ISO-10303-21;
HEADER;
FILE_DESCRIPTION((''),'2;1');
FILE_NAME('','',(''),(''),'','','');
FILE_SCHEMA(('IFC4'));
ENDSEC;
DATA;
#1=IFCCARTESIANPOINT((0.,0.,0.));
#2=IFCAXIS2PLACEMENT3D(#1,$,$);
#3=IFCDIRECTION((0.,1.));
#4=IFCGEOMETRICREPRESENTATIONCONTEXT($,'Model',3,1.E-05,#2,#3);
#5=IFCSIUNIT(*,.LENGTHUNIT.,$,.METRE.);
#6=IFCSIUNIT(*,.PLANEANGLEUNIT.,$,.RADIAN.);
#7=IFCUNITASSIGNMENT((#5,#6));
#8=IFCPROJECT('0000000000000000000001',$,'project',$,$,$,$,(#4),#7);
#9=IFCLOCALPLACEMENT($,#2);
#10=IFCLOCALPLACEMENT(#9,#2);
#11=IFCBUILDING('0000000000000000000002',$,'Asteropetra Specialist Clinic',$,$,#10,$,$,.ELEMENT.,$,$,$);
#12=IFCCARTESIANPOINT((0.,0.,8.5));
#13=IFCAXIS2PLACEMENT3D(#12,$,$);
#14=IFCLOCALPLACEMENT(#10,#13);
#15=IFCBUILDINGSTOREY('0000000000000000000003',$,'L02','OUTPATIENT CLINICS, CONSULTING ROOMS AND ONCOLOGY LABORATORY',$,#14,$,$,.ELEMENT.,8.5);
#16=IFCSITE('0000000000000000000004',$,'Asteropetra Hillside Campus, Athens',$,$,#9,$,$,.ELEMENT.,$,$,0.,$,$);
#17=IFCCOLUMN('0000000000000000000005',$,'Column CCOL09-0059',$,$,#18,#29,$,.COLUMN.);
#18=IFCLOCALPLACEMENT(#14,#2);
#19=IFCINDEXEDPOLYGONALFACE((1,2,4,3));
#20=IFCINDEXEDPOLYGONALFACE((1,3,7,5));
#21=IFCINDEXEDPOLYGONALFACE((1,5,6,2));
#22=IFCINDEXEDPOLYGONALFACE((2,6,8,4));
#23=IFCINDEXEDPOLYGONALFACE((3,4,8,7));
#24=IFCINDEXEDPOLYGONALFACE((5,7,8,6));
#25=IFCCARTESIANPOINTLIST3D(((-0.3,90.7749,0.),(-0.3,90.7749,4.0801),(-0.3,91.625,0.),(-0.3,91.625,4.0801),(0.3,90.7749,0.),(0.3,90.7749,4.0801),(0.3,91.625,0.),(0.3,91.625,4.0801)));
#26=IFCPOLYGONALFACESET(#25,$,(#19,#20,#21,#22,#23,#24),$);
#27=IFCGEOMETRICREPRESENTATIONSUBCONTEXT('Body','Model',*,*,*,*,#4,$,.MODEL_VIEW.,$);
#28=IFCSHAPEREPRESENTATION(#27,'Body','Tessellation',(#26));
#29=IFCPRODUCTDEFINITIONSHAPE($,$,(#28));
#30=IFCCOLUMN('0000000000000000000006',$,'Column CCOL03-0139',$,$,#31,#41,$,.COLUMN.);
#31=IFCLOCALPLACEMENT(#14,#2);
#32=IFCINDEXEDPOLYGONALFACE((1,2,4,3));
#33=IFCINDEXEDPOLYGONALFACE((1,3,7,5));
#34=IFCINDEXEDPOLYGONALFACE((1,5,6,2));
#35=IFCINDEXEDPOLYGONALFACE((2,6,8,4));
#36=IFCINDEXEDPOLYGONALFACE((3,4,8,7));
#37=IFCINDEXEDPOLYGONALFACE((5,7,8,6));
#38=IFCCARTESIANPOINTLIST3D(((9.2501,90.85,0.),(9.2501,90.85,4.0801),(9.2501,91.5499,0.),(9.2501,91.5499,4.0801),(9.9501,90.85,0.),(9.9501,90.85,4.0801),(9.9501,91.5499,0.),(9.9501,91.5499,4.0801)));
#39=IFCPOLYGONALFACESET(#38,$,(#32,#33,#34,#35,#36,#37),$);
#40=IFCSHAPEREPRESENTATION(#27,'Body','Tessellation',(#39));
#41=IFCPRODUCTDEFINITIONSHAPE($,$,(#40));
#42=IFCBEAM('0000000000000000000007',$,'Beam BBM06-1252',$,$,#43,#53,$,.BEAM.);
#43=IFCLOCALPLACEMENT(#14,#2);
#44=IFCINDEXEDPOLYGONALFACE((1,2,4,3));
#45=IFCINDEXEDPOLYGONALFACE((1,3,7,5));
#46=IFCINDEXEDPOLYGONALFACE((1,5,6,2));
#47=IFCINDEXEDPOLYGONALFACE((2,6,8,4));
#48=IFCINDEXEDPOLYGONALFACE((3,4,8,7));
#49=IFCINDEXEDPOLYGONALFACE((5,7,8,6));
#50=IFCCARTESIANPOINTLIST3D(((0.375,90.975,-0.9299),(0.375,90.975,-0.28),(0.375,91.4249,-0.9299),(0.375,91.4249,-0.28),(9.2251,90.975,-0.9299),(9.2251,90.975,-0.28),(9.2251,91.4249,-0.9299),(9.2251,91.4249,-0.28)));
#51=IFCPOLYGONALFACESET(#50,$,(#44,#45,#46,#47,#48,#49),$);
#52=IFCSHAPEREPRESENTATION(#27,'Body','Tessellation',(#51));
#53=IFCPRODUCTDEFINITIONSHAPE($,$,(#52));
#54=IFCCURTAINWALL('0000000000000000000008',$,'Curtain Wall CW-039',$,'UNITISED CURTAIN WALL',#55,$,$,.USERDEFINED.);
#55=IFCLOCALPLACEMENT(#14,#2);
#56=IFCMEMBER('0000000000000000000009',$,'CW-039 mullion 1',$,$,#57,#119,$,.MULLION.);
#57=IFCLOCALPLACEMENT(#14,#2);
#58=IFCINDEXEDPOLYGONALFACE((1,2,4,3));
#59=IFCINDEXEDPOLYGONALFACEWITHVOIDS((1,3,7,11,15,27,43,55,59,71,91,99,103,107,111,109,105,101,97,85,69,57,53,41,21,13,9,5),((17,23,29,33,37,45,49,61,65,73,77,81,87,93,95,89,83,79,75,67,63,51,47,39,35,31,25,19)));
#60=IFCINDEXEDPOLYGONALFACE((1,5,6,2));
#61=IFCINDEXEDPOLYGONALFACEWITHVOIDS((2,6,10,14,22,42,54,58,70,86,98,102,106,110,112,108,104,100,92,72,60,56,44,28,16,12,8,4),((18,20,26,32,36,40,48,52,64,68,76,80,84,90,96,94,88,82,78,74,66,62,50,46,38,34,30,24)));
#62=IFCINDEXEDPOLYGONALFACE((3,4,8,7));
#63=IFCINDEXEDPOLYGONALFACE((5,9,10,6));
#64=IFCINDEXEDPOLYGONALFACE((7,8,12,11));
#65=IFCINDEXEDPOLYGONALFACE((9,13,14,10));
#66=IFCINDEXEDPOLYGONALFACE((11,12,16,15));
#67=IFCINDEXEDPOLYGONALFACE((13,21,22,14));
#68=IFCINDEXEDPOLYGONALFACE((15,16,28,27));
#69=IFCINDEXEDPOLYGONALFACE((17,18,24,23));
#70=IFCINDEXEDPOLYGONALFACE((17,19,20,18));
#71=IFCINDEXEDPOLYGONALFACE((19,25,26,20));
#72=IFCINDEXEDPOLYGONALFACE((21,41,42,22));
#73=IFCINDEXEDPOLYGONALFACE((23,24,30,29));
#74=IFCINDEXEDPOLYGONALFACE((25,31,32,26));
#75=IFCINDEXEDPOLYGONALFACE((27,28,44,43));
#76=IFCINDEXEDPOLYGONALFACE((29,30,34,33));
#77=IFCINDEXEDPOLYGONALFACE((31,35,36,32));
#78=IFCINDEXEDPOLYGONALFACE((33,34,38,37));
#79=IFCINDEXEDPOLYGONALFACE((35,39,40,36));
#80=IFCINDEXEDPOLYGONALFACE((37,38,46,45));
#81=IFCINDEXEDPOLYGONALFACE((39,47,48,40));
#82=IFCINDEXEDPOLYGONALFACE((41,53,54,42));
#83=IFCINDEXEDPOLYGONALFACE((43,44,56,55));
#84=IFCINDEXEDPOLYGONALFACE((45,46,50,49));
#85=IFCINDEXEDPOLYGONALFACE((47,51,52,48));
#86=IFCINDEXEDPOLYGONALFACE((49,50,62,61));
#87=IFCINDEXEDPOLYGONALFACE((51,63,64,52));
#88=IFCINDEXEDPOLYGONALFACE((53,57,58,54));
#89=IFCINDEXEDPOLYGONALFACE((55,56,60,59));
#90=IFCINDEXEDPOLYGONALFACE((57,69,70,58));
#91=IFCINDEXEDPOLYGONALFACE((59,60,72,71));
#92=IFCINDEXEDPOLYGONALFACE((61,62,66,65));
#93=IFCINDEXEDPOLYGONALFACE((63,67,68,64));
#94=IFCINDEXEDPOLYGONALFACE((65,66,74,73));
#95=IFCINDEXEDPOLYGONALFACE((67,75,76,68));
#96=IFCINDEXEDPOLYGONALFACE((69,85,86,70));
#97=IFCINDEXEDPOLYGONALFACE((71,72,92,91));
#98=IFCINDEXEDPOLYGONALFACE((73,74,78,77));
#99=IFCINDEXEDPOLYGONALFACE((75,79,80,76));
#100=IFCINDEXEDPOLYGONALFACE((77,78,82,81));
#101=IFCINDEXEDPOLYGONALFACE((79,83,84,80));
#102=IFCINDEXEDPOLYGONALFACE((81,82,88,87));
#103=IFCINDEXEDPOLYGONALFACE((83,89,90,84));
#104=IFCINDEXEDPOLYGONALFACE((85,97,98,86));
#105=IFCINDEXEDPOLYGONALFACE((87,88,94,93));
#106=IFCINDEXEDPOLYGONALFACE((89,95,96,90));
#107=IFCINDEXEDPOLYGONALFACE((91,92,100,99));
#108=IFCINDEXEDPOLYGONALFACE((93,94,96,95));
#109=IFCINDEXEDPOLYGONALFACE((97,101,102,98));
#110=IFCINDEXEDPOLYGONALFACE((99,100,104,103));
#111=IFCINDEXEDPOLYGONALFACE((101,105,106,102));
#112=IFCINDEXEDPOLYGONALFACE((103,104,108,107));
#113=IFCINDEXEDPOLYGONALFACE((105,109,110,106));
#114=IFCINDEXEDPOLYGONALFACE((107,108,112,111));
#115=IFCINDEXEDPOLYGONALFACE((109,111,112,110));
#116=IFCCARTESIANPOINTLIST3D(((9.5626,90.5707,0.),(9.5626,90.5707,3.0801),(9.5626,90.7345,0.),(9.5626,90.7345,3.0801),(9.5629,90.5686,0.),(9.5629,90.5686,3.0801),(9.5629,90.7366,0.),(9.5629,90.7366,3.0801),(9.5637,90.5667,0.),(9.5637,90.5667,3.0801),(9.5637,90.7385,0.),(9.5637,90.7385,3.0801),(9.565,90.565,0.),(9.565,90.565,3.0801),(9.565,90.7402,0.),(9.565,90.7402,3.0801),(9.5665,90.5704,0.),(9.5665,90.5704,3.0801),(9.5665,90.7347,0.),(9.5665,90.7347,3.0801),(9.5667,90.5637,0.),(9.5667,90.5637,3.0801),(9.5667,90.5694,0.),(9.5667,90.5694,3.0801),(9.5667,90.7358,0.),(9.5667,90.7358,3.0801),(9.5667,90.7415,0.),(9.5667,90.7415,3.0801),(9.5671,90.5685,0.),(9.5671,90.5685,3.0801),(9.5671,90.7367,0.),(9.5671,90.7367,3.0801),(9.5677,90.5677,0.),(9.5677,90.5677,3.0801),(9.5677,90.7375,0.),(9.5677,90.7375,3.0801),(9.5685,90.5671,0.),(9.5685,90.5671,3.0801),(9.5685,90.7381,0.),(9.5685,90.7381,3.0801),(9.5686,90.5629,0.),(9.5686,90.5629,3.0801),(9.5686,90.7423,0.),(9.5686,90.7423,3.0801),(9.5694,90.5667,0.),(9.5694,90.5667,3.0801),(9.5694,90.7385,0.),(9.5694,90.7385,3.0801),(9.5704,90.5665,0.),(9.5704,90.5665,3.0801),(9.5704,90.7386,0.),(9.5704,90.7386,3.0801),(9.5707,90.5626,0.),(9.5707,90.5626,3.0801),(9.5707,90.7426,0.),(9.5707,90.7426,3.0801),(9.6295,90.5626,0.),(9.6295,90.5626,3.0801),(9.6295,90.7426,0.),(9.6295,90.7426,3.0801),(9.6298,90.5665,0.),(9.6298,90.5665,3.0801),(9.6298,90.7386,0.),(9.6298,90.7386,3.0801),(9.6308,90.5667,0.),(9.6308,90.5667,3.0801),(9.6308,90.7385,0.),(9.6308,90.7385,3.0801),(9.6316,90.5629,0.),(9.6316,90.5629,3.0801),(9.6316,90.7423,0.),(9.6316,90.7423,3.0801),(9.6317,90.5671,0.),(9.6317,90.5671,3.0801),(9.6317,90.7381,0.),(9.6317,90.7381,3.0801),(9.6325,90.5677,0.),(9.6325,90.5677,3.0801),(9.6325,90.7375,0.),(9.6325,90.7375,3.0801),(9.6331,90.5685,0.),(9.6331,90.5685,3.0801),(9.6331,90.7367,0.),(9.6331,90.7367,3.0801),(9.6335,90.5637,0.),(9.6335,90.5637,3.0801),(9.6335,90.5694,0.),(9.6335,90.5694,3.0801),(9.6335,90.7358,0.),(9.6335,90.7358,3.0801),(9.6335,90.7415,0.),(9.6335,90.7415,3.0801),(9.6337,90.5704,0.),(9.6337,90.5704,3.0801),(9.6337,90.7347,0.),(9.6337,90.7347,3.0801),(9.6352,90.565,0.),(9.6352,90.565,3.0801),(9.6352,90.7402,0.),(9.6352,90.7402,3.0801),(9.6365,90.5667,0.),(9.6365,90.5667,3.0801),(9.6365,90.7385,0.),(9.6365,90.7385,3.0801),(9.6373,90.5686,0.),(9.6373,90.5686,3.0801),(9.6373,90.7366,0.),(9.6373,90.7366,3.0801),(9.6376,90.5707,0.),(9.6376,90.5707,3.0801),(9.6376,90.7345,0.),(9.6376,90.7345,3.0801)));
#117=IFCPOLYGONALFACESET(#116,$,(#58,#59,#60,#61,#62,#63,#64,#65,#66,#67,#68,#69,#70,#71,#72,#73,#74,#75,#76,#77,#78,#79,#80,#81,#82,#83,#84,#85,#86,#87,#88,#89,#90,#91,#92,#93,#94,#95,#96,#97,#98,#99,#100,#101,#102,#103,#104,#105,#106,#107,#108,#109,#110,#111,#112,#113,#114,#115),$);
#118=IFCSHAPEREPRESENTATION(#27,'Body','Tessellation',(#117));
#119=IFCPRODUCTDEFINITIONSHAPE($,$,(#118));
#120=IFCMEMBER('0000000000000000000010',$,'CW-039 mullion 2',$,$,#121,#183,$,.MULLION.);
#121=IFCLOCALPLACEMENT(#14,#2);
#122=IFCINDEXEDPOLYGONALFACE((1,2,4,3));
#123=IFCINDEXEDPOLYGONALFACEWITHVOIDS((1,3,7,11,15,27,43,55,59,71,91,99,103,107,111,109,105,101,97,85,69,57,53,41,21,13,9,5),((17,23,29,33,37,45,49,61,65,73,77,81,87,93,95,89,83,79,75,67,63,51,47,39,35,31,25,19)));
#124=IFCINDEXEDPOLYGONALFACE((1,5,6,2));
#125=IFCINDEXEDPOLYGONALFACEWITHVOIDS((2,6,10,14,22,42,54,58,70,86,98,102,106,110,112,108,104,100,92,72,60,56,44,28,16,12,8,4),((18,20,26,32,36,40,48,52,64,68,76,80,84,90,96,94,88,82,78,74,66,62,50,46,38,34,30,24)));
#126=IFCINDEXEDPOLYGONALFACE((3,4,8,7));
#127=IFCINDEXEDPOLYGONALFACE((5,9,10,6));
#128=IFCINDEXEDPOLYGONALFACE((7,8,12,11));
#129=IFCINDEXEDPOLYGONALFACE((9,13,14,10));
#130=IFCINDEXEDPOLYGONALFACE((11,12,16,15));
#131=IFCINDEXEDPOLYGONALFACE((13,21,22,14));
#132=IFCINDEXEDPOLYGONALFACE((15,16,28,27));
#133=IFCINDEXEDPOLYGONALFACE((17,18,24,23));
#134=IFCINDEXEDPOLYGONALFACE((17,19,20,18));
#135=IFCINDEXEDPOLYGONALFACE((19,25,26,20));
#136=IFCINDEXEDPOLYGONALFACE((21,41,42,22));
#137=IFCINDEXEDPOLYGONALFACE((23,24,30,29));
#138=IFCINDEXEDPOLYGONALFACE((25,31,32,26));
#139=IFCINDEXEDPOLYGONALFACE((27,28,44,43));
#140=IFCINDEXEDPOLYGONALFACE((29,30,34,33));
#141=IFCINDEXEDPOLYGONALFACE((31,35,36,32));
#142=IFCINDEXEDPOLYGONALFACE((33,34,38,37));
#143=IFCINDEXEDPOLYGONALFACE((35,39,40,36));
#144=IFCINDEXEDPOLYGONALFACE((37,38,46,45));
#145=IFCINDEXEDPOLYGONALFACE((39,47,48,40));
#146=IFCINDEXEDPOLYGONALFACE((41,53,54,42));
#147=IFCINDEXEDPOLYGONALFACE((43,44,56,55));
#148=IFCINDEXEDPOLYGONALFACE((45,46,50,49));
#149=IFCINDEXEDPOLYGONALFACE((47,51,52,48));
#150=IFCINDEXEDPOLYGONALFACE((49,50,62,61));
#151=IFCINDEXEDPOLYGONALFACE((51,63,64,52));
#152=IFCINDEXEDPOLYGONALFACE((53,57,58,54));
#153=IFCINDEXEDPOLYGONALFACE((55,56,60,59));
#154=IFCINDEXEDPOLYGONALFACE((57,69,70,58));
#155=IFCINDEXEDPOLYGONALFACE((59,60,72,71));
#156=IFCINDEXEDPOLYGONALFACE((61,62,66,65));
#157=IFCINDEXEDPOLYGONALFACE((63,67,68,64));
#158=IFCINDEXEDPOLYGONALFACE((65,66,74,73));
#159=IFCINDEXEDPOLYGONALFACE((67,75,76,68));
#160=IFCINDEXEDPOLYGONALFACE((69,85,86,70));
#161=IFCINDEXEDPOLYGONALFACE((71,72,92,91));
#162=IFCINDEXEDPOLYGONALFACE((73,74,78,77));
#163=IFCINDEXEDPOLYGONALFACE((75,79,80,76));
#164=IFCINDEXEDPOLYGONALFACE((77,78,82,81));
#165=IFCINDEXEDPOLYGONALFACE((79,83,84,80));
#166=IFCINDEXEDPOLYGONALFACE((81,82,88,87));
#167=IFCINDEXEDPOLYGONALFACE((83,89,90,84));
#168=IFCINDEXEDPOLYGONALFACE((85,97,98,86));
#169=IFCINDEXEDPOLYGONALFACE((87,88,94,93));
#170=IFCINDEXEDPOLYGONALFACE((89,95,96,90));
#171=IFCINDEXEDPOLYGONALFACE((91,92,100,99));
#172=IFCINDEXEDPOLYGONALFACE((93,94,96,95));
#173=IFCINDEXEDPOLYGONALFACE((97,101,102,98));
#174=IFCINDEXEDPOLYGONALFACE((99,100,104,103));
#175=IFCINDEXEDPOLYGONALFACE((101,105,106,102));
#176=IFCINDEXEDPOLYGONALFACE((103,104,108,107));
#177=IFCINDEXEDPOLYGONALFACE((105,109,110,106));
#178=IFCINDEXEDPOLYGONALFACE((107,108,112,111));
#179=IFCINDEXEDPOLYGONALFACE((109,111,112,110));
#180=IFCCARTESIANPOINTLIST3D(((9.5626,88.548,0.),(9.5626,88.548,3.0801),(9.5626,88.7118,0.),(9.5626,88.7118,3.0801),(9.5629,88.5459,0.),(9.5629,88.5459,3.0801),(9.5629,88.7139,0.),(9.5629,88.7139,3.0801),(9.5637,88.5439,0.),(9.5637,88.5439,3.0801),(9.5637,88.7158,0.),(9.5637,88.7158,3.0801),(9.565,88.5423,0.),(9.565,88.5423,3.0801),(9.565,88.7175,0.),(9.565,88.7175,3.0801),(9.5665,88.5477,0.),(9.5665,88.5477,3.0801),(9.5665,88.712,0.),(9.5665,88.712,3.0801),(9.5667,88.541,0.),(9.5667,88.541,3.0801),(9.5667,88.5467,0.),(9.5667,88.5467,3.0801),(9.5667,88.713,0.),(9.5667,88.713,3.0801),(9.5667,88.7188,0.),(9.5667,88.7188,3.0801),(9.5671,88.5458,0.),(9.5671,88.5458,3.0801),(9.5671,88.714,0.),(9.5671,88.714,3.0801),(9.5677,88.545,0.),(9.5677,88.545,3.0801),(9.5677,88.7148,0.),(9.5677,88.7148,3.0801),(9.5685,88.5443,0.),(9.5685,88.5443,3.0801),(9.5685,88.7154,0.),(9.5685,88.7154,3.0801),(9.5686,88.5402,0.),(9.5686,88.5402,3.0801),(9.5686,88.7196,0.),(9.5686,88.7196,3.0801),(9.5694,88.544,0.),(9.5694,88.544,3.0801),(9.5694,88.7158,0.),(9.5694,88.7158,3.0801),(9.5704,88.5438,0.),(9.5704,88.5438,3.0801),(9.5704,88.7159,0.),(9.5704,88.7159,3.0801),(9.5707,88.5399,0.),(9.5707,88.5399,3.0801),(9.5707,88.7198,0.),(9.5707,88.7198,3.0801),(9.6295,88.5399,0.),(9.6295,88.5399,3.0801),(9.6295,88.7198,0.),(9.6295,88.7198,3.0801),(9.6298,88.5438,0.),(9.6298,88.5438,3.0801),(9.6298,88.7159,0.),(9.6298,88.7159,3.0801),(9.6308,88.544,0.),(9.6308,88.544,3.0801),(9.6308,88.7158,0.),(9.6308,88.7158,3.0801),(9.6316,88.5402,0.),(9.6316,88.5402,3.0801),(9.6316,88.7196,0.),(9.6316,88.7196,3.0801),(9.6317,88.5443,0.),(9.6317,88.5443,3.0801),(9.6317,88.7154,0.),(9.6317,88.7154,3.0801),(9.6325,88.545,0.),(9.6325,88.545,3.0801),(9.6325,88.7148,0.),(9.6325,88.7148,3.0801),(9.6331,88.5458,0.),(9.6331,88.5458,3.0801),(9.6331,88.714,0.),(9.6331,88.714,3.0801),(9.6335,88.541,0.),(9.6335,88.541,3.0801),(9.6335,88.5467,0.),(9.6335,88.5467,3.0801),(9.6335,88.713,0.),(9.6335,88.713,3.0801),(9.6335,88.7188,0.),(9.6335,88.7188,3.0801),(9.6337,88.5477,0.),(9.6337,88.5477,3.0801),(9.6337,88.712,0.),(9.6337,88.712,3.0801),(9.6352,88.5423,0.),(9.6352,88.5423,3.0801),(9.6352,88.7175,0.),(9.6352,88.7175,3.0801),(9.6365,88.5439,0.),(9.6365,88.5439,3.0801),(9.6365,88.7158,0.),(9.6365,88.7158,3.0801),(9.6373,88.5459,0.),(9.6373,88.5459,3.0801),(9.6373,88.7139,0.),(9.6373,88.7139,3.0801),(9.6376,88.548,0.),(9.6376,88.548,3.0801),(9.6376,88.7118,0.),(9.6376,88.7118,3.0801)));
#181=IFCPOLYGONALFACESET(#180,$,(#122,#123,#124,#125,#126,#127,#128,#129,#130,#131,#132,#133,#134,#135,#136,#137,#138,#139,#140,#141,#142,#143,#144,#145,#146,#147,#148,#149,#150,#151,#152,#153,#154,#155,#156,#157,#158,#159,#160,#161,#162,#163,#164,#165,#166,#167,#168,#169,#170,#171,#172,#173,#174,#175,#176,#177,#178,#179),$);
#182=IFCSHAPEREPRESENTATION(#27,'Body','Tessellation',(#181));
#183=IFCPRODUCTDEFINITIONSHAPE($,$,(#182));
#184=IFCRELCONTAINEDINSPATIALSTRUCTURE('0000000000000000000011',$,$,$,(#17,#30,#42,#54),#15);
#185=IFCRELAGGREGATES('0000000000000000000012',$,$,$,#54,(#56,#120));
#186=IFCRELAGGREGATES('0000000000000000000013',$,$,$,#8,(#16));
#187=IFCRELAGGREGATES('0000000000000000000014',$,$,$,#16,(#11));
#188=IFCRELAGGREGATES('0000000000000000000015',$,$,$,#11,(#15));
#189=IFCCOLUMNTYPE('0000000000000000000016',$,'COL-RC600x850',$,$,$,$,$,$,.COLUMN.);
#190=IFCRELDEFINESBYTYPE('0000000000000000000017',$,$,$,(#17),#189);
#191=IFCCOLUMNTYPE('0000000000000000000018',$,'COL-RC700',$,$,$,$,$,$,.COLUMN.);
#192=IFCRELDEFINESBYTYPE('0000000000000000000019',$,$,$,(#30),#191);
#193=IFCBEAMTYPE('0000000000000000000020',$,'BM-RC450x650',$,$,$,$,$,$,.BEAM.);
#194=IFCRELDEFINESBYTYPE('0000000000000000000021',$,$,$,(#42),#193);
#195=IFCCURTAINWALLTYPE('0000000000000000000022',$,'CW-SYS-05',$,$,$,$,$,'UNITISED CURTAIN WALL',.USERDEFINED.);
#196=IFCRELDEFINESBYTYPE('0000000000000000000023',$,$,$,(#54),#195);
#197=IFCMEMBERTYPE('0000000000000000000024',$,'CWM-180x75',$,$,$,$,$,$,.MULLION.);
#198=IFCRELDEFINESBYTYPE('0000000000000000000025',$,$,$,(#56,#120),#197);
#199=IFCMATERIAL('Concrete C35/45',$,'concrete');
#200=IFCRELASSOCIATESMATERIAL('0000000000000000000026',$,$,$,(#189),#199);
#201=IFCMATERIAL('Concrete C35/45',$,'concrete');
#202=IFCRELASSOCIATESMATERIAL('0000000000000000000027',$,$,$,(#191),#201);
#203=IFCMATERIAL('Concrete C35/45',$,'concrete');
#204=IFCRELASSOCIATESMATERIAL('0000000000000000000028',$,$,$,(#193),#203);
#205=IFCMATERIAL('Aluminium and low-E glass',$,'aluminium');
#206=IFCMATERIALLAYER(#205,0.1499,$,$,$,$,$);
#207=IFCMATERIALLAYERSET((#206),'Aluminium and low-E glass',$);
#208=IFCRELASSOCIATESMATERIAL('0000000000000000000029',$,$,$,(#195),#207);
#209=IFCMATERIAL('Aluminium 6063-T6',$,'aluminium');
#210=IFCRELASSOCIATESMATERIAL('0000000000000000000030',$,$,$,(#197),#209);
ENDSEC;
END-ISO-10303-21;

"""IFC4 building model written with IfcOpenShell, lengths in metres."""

from ifc_helpers import new_model, si_unit, direction, frame, origin, origin_2d, place, context, subcontext, project, spatial, rectangle, hollow_rectangle, extrude, material, layer, layer_set, material_profile, profile_set, type_object, element, aggregate, save


model = new_model("IFC4")

# Units and contexts
model_context = context("Model", 3, precision=1e-05, world=origin(), true_north=direction((0.0, 1.0)))
body_context = subcontext(model_context, "Body", "Model", "MODEL_VIEW")
ifc_project = project(units=[si_unit("LENGTHUNIT", "METRE"), si_unit("PLANEANGLEUNIT", "RADIAN")], contexts=[model_context])

# Site, building, storey
site_placement = place(None, origin())
site = spatial("IfcSite", under=ifc_project, at=site_placement, Name="Asteropetra Hillside Campus, Athens", CompositionType="ELEMENT", RefElevation=0.0)
building_placement = place(site_placement, origin())
building = spatial("IfcBuilding", under=site, at=building_placement, Name="Asteropetra Specialist Clinic", CompositionType="ELEMENT")
storey_placement = place(building_placement, frame((0.0, 0.0, 8.5)))
storey = spatial("IfcBuildingStorey", under=building, at=storey_placement, Name="L02", Description="OUTPATIENT CLINICS, CONSULTING ROOMS AND ONCOLOGY LABORATORY", CompositionType="ELEMENT", Elevation=8.5)

# Columns
ifc_material_1 = material(Name="Concrete C35/45", Category="concrete")
ifc_material_profile_1 = material_profile(ifc_material_1, rectangle(XDim=0.6001, YDim=0.8501, at=origin_2d()), Name="RC 600x850")
ifc_profile_set_1 = profile_set([ifc_material_profile_1], Name="Concrete C35/45")
column_type_1 = type_object("IfcColumnType", Name="COL-RC600x850", PredefinedType="COLUMN", material=ifc_profile_set_1)
column_1_placement = place(storey_placement, frame((0.0, 91.2, 0.0), z_axis=(0.0, 0.0, 1.0), x_axis=(1.0, 0.0, 0.0)))
element("IfcColumn", 1, at=column_1_placement, inside=storey, type_object=column_type_1, Name="Column CCOL09-0059", PredefinedType="COLUMN", context=body_context, shape_type="SweptSolid", body=[
    extrude(rectangle(XDim=0.6001, YDim=0.8501, at=origin_2d()), origin(), (0.0, 0.0, 1.0), 4.0801),
])
ifc_material_2 = material(Name="Concrete C35/45", Category="concrete")
ifc_material_profile_2 = material_profile(ifc_material_2, rectangle(XDim=0.7, YDim=0.7, at=origin_2d()), Name="RC 700x700")
ifc_profile_set_2 = profile_set([ifc_material_profile_2], Name="Concrete C35/45")
column_type_2 = type_object("IfcColumnType", Name="COL-RC700", PredefinedType="COLUMN", material=ifc_profile_set_2)
column_2_placement = place(storey_placement, frame((9.6001, 91.2, 0.0), z_axis=(0.0, 0.0, 1.0), x_axis=(1.0, 0.0, 0.0)))
element("IfcColumn", 2, at=column_2_placement, inside=storey, type_object=column_type_2, Name="Column CCOL03-0139", PredefinedType="COLUMN", context=body_context, shape_type="SweptSolid", body=[
    extrude(rectangle(XDim=0.7, YDim=0.7, at=origin_2d()), origin(), (0.0, 0.0, 1.0), 4.0801),
])

# Beam
ifc_material_3 = material(Name="Concrete C35/45", Category="concrete")
ifc_material_profile_3 = material_profile(ifc_material_3, rectangle(XDim=0.45, YDim=0.6499, at=origin_2d()), Name="RCB 450x650")
ifc_profile_set_3 = profile_set([ifc_material_profile_3], Name="Concrete C35/45")
beam_type_1 = type_object("IfcBeamType", Name="BM-RC450x650", PredefinedType="BEAM", material=ifc_profile_set_3)
beam_1_placement = place(storey_placement, frame((0.375, 91.2, -0.605), z_axis=(1.0, 0.0, 0.0), x_axis=(0.0, 1.0, 0.0)))
element("IfcBeam", 3, at=beam_1_placement, inside=storey, type_object=beam_type_1, Name="Beam BBM06-1252", PredefinedType="BEAM", context=body_context, shape_type="SweptSolid", body=[
    extrude(rectangle(XDim=0.45, YDim=0.6499, at=origin_2d()), origin(), (0.0, 0.0, 1.0), 8.8501),
])

# Curtain wall, members
ifc_material_4 = material(Name="Aluminium and low-E glass", Category="aluminium")
ifc_layer_1 = layer(ifc_material_4, 0.1499)
ifc_layer_set_1 = layer_set([ifc_layer_1], Name="Aluminium and low-E glass")
curtain_wall_type = type_object("IfcCurtainWallType", Name="CW-SYS-05", ElementType="UNITISED CURTAIN WALL", PredefinedType="USERDEFINED", material=ifc_layer_set_1)
curtain_wall_placement = place(storey_placement, origin())
curtain_wall = element("IfcCurtainWall", 4, at=curtain_wall_placement, inside=storey, type_object=curtain_wall_type, Name="Curtain Wall CW-039", ObjectType="UNITISED CURTAIN WALL", PredefinedType="USERDEFINED")
ifc_material_5 = material(Name="Aluminium 6063-T6", Category="aluminium")
ifc_material_profile_4 = material_profile(ifc_material_5, hollow_rectangle(XDim=0.075, YDim=0.1799, WallThickness=0.0039, InnerFilletRadius=0.0039, OuterFilletRadius=0.0081, at=origin_2d()), Name="MUL 180x75x4.0")
ifc_profile_set_4 = profile_set([ifc_material_profile_4], Name="Aluminium 6063-T6")
member_type_1 = type_object("IfcMemberType", Name="CWM-180x75", PredefinedType="MULLION", material=ifc_profile_set_4)
member_1_placement = place(storey_placement, frame((9.6001, 90.6526, 0.0), z_axis=(0.0, 0.0, 1.0), x_axis=(1.0, 0.0, 0.0)))
member_1 = element("IfcMember", 5, at=member_1_placement, type_object=member_type_1, Name="CW-039 mullion 1", PredefinedType="MULLION", context=body_context, shape_type="SweptSolid", body=[
    extrude(hollow_rectangle(XDim=0.075, YDim=0.1799, WallThickness=0.0039, InnerFilletRadius=0.0039, OuterFilletRadius=0.0081, at=origin_2d()), origin(), (0.0, 0.0, 1.0), 3.0801),
])
member_2_placement = place(storey_placement, frame((9.6001, 88.6299, 0.0), z_axis=(0.0, 0.0, 1.0), x_axis=(1.0, 0.0, 0.0)))
member_2 = element("IfcMember", 6, at=member_2_placement, type_object=member_type_1, Name="CW-039 mullion 2", PredefinedType="MULLION", context=body_context, shape_type="SweptSolid", body=[
    extrude(hollow_rectangle(XDim=0.075, YDim=0.1799, WallThickness=0.0039, InnerFilletRadius=0.0039, OuterFilletRadius=0.0081, at=origin_2d()), origin(), (0.0, 0.0, 1.0), 3.0801),
])

aggregate(curtain_wall, [member_1, member_2])

save(model, "model.ifc")
